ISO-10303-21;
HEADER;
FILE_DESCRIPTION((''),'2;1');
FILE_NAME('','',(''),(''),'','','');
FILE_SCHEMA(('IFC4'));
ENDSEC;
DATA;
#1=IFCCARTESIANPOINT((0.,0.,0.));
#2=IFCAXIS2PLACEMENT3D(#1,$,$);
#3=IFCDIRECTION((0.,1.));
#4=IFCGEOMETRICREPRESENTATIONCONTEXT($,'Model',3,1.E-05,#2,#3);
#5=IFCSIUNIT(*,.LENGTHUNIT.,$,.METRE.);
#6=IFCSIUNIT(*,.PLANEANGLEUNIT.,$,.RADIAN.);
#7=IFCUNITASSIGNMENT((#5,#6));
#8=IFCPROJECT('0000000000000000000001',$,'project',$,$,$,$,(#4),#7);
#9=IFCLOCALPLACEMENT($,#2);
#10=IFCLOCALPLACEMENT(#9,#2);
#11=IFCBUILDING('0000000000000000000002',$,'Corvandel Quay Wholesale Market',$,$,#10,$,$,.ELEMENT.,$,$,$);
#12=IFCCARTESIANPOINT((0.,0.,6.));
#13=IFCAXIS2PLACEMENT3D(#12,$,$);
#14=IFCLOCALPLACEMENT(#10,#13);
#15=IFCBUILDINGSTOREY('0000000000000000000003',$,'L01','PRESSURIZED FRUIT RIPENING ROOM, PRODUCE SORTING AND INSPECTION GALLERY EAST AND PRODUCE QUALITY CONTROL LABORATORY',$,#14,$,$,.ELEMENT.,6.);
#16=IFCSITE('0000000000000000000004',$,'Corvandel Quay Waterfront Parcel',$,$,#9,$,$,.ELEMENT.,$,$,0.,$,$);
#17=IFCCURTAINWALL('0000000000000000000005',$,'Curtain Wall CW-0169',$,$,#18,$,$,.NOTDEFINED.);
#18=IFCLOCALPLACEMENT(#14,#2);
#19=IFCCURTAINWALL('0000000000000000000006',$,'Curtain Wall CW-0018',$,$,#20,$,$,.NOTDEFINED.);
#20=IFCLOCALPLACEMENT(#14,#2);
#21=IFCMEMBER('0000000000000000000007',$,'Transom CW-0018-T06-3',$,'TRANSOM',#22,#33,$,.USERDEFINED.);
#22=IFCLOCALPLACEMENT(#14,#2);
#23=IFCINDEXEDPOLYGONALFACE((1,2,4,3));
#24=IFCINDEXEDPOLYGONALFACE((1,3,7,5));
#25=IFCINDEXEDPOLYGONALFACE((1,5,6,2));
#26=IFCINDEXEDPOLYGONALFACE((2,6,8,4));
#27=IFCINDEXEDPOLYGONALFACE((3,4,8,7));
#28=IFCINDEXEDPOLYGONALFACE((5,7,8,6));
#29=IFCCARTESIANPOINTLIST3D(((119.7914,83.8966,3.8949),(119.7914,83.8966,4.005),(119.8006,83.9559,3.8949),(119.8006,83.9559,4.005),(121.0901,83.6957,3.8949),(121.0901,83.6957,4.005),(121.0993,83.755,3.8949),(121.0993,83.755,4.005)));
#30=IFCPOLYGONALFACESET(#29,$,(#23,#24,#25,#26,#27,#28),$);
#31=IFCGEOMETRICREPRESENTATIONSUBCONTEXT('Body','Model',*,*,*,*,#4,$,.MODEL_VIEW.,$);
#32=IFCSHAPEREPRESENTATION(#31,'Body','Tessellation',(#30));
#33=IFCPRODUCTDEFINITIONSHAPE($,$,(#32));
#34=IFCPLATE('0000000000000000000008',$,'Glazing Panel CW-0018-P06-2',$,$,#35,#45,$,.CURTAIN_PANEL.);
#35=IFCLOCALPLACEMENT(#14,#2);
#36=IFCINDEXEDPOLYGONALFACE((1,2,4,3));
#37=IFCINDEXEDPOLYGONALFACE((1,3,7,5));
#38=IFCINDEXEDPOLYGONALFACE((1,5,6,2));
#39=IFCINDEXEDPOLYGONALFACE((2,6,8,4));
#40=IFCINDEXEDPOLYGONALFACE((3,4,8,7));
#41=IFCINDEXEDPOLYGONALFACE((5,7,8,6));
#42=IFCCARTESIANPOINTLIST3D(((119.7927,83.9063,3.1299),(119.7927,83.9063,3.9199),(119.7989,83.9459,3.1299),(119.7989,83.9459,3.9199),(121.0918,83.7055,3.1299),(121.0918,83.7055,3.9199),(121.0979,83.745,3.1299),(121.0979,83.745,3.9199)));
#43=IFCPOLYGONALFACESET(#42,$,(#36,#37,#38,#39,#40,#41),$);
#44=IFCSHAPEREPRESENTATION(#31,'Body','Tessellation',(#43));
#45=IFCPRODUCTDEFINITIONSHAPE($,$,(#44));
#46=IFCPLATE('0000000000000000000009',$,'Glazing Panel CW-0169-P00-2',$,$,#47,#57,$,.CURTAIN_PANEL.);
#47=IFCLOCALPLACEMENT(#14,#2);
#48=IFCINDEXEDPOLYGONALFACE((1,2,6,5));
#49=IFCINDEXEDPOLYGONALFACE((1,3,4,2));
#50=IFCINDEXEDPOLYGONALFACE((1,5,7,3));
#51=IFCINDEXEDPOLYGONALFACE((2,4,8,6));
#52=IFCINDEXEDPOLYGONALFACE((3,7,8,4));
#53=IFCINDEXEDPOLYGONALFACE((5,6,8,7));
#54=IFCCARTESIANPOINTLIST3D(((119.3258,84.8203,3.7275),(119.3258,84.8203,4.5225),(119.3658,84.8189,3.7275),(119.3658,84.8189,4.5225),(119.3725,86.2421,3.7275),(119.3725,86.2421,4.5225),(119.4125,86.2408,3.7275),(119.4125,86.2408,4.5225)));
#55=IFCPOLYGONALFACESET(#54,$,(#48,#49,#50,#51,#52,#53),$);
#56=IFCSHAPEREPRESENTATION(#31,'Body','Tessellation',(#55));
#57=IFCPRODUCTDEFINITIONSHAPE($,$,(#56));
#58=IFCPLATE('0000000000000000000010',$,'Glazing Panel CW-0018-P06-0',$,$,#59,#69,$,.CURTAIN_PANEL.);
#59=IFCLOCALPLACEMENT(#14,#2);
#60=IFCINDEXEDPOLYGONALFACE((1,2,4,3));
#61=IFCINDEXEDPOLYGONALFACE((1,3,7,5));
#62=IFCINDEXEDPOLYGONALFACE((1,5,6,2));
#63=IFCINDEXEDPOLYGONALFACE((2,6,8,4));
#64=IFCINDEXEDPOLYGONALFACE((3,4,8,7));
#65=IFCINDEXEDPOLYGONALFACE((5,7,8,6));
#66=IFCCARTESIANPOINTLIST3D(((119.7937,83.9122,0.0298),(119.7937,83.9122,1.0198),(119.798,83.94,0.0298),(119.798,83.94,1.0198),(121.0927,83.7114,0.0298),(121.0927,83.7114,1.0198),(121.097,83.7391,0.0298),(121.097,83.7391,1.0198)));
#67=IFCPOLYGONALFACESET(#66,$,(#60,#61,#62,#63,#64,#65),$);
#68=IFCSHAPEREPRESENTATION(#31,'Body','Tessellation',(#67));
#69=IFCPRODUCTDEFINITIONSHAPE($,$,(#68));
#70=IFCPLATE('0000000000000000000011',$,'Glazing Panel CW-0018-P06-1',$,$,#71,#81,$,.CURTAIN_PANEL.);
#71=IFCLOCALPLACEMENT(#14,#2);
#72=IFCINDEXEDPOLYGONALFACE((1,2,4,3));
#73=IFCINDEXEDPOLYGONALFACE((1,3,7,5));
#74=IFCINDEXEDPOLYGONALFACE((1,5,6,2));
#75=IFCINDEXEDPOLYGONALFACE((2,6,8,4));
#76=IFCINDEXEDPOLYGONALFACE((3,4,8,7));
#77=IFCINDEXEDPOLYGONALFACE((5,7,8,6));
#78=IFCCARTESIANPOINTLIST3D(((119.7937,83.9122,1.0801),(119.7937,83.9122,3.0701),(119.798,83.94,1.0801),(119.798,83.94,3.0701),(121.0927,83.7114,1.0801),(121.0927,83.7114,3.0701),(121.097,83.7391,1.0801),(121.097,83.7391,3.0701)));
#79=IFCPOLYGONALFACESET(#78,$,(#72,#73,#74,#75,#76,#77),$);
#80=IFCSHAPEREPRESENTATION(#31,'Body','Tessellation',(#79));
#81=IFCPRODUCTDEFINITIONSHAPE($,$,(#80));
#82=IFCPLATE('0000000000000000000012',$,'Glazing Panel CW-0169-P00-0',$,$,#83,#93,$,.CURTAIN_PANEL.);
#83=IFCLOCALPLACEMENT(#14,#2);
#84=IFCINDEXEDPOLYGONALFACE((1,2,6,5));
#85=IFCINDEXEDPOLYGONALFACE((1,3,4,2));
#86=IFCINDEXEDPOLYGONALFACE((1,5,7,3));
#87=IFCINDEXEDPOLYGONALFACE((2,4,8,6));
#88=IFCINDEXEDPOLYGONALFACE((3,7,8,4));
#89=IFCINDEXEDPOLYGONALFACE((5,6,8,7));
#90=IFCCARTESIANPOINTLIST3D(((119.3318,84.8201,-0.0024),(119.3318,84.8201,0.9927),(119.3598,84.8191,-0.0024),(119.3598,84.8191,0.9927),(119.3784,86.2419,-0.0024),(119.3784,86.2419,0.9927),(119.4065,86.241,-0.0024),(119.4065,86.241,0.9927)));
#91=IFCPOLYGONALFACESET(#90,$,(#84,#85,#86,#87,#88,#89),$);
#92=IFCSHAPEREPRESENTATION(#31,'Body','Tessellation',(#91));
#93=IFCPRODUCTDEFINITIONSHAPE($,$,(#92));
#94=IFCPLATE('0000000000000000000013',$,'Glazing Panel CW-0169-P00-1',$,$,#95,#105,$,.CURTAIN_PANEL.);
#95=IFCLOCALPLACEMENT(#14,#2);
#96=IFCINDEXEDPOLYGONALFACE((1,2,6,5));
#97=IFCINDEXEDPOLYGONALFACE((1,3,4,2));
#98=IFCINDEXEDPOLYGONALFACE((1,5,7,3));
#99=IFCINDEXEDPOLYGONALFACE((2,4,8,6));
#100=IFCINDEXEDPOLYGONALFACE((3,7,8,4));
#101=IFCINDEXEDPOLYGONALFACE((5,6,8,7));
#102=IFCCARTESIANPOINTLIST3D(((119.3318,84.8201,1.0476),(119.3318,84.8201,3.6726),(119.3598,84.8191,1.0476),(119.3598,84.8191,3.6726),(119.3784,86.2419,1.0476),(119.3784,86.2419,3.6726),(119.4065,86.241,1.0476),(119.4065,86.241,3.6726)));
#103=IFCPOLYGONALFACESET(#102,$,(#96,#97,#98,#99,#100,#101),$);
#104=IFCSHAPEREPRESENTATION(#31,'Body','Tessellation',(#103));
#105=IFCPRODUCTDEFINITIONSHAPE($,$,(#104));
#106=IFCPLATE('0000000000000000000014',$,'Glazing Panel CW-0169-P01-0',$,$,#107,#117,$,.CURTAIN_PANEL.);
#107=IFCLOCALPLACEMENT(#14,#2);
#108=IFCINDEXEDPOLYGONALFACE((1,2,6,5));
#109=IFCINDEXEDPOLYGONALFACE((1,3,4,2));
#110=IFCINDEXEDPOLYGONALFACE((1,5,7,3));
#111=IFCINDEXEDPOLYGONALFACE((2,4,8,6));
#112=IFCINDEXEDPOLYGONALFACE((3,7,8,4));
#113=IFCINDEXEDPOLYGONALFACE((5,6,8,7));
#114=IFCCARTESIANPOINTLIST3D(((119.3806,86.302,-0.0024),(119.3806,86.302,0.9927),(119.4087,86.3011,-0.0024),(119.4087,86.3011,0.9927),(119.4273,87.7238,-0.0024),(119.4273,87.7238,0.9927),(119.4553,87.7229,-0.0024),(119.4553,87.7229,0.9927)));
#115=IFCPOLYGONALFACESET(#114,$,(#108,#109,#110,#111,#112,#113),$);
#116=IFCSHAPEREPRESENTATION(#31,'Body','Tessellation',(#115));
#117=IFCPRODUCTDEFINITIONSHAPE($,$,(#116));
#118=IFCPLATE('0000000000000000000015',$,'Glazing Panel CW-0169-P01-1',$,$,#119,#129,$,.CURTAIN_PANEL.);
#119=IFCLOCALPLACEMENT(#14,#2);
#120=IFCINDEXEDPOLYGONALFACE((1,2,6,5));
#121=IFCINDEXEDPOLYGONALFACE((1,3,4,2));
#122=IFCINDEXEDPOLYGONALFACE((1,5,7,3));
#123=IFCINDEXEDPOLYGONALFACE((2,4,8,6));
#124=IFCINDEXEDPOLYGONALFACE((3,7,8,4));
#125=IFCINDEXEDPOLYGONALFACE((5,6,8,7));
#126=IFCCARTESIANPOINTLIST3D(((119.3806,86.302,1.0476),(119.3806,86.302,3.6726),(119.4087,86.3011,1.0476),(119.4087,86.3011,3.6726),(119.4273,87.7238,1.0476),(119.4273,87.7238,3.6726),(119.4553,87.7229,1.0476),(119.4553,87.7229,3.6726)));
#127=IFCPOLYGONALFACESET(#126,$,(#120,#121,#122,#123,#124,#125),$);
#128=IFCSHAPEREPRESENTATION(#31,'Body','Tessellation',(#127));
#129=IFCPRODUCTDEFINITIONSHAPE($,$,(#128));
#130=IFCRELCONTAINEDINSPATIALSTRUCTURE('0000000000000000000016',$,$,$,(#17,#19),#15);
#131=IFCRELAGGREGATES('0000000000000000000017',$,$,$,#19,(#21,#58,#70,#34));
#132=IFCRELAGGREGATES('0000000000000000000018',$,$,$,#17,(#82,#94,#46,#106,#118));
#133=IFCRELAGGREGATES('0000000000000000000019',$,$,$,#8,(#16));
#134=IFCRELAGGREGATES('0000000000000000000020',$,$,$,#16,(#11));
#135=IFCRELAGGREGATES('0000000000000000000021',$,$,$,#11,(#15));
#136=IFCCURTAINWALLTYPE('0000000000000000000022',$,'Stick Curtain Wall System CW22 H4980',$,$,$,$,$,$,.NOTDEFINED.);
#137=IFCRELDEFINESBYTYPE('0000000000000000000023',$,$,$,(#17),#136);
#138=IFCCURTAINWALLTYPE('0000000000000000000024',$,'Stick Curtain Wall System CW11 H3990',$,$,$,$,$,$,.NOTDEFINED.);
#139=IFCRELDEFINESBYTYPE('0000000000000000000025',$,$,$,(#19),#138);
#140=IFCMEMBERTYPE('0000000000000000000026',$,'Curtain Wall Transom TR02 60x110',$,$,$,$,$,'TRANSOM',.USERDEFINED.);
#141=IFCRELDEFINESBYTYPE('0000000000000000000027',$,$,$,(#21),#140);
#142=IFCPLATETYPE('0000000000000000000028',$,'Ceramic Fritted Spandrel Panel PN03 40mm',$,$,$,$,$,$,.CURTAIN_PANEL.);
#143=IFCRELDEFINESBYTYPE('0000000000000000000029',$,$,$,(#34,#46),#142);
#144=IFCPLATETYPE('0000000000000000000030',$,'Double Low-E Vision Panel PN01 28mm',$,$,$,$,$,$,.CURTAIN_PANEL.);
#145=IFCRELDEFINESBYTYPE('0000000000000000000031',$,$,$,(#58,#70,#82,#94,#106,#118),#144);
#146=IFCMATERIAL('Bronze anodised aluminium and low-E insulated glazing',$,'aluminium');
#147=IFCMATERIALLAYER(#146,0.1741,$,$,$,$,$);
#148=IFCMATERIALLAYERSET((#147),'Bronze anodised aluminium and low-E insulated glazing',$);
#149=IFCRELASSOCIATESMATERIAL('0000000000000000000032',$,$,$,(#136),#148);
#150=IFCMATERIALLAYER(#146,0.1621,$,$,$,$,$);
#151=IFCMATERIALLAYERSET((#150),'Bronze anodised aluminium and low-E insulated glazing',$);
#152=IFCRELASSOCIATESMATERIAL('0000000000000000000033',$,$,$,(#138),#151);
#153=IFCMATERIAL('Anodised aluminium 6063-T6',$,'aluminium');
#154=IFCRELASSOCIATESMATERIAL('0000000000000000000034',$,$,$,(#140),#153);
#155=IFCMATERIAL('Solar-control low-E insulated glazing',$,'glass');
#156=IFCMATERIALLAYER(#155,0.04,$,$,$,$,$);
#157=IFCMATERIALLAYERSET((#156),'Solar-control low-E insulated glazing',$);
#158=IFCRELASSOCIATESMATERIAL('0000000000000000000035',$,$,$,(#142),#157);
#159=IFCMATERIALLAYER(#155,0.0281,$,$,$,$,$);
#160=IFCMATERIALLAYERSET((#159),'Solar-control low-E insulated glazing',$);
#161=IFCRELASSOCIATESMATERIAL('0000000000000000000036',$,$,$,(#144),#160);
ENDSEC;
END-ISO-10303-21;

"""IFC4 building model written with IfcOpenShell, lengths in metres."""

from ifc_helpers import new_model, si_unit, direction, frame, origin, origin_2d, place, context, subcontext, project, spatial, rectangle, extrude, material, layer, layer_set, material_profile, profile_set, type_object, element, aggregate, save


model = new_model("IFC4")

# Units and contexts
model_context = context("Model", 3, precision=1e-05, world=origin(), true_north=direction((0.0, 1.0)))
body_context = subcontext(model_context, "Body", "Model", "MODEL_VIEW")
ifc_project = project(units=[si_unit("LENGTHUNIT", "METRE"), si_unit("PLANEANGLEUNIT", "RADIAN")], contexts=[model_context])

# Site, building, storey
site_placement = place(None, origin())
site = spatial("IfcSite", under=ifc_project, at=site_placement, Name="Corvandel Quay Waterfront Parcel", CompositionType="ELEMENT", RefElevation=0.0)
building_placement = place(site_placement, origin())
building = spatial("IfcBuilding", under=site, at=building_placement, Name="Corvandel Quay Wholesale Market", CompositionType="ELEMENT")
storey_placement = place(building_placement, frame((0.0, 0.0, 6.0)))
storey = spatial("IfcBuildingStorey", under=building, at=storey_placement, Name="L01", Description="PRESSURIZED FRUIT RIPENING ROOM, PRODUCE SORTING AND INSPECTION GALLERY EAST AND PRODUCE QUALITY CONTROL LABORATORY", CompositionType="ELEMENT", Elevation=6.0)

# Curtain wall
ifc_material_1 = material(Name="Bronze anodised aluminium and low-E insulated glazing", Category="aluminium")
ifc_layer_1 = layer(ifc_material_1, 0.1741)
ifc_layer_set_1 = layer_set([ifc_layer_1], Name="Bronze anodised aluminium and low-E insulated glazing")
curtain_wall_type_1 = type_object("IfcCurtainWallType", Name="Stick Curtain Wall System CW22 H4980", PredefinedType="NOTDEFINED", material=ifc_layer_set_1)
curtain_wall_1_placement = place(storey_placement, origin())
curtain_wall_1 = element("IfcCurtainWall", 1, at=curtain_wall_1_placement, inside=storey, type_object=curtain_wall_type_1, Name="Curtain Wall CW-0169", PredefinedType="NOTDEFINED")
ifc_material_2 = material(Name="Anodised aluminium 6063-T6", Category="aluminium")

# Curtain wall, member, plate
ifc_layer_2 = layer(ifc_material_1, 0.1621)
ifc_layer_set_2 = layer_set([ifc_layer_2], Name="Bronze anodised aluminium and low-E insulated glazing")
curtain_wall_type_2 = type_object("IfcCurtainWallType", Name="Stick Curtain Wall System CW11 H3990", PredefinedType="NOTDEFINED", material=ifc_layer_set_2)
curtain_wall_2_placement = place(storey_placement, origin())
curtain_wall_2 = element("IfcCurtainWall", 2, at=curtain_wall_2_placement, inside=storey, type_object=curtain_wall_type_2, Name="Curtain Wall CW-0018", PredefinedType="NOTDEFINED")
ifc_material_profile_1 = material_profile(ifc_material_2, rectangle(XDim=0.0601, YDim=0.1101, at=origin_2d()), Name="ALU-TRN-60x110")
ifc_profile_set_1 = profile_set([ifc_material_profile_1], Name="Anodised aluminium 6063-T6")
member_type_1 = type_object("IfcMemberType", Name="Curtain Wall Transom TR02 60x110", ElementType="TRANSOM", PredefinedType="USERDEFINED", material=ifc_profile_set_1)
member_1_placement = place(storey_placement, frame((121.0947, 83.7253, 3.95), z_axis=(-0.988245, 0.152881, 0.0), x_axis=(-0.152881, -0.988245, 0.0)))
member_1 = element("IfcMember", 3, at=member_1_placement, type_object=member_type_1, Name="Transom CW-0018-T06-3", ObjectType="TRANSOM", PredefinedType="USERDEFINED", context=body_context, shape_type="SweptSolid", body=[
    extrude(rectangle(XDim=0.0601, YDim=0.1101, at=origin_2d()), origin(), (0.0, 0.0, 1.0), 1.3142),
])
ifc_material_3 = material(Name="Solar-control low-E insulated glazing", Category="glass")
ifc_layer_3 = layer(ifc_material_3, 0.04)
ifc_layer_set_3 = layer_set([ifc_layer_3], Name="Solar-control low-E insulated glazing")
plate_type_1 = type_object("IfcPlateType", Name="Ceramic Fritted Spandrel Panel PN03 40mm", PredefinedType="CURTAIN_PANEL", material=ifc_layer_set_3)
plate_1_placement = place(storey_placement, frame((120.4453, 83.8257, 3.1299), z_axis=(0.0, 0.0, 1.0), x_axis=(-0.988255, 0.152813, 0.0)))
plate_1 = element("IfcPlate", 4, at=plate_1_placement, type_object=plate_type_1, Name="Glazing Panel CW-0018-P06-2", PredefinedType="CURTAIN_PANEL", context=body_context, shape_type="SweptSolid", body=[
    extrude(rectangle(XDim=1.3145, YDim=0.04, at=origin_2d()), origin(), (0.0, 0.0, 1.0), 0.79),
])

# Plates
plate_2_placement = place(storey_placement, frame((119.3691, 85.5305, 3.7275), z_axis=(0.0, 0.0, 1.0), x_axis=(0.032806, 0.999462, 0.0)))
plate_2 = element("IfcPlate", 5, at=plate_2_placement, type_object=plate_type_1, Name="Glazing Panel CW-0169-P00-2", PredefinedType="CURTAIN_PANEL", context=body_context, shape_type="SweptSolid", body=[
    extrude(rectangle(XDim=1.4226, YDim=0.04, at=origin_2d()), origin(), (0.0, 0.0, 1.0), 0.7949),
])
ifc_layer_4 = layer(ifc_material_3, 0.0281)
ifc_layer_set_4 = layer_set([ifc_layer_4], Name="Solar-control low-E insulated glazing")
plate_type_2 = type_object("IfcPlateType", Name="Double Low-E Vision Panel PN01 28mm", PredefinedType="CURTAIN_PANEL", material=ifc_layer_set_4)
plate_3_placement = place(storey_placement, frame((120.4453, 83.8257, 0.0298), z_axis=(0.0, 0.0, 1.0), x_axis=(-0.988255, 0.152813, 0.0)))
plate_3 = element("IfcPlate", 6, at=plate_3_placement, type_object=plate_type_2, Name="Glazing Panel CW-0018-P06-0", PredefinedType="CURTAIN_PANEL", context=body_context, shape_type="SweptSolid", body=[
    extrude(rectangle(XDim=1.3145, YDim=0.0281, at=origin_2d()), origin(), (0.0, 0.0, 1.0), 0.99),
])
plate_4_placement = place(storey_placement, frame((120.4453, 83.8257, 1.0801), z_axis=(0.0, 0.0, 1.0), x_axis=(-0.988255, 0.152813, 0.0)))
plate_4 = element("IfcPlate", 7, at=plate_4_placement, type_object=plate_type_2, Name="Glazing Panel CW-0018-P06-1", PredefinedType="CURTAIN_PANEL", context=body_context, shape_type="SweptSolid", body=[
    extrude(rectangle(XDim=1.3145, YDim=0.0281, at=origin_2d()), origin(), (0.0, 0.0, 1.0), 1.99),
])
aggregate(curtain_wall_2, [member_1, plate_3, plate_4, plate_1])
plate_5_placement = place(storey_placement, frame((119.3691, 85.5305, -0.0024), z_axis=(0.0, 0.0, 1.0), x_axis=(0.032806, 0.999462, 0.0)))
plate_5 = element("IfcPlate", 8, at=plate_5_placement, type_object=plate_type_2, Name="Glazing Panel CW-0169-P00-0", PredefinedType="CURTAIN_PANEL", context=body_context, shape_type="SweptSolid", body=[
    extrude(rectangle(XDim=1.4226, YDim=0.0281, at=origin_2d()), origin(), (0.0, 0.0, 1.0), 0.9951),
])
plate_6_placement = place(storey_placement, frame((119.3691, 85.5305, 1.0476), z_axis=(0.0, 0.0, 1.0), x_axis=(0.032806, 0.999462, 0.0)))
plate_6 = element("IfcPlate", 9, at=plate_6_placement, type_object=plate_type_2, Name="Glazing Panel CW-0169-P00-1", PredefinedType="CURTAIN_PANEL", context=body_context, shape_type="SweptSolid", body=[
    extrude(rectangle(XDim=1.4226, YDim=0.0281, at=origin_2d()), origin(), (0.0, 0.0, 1.0), 2.625),
])
plate_7_placement = place(storey_placement, frame((119.418, 87.0125, -0.0024), z_axis=(0.0, 0.0, 1.0), x_axis=(0.032806, 0.999462, 0.0)))
plate_7 = element("IfcPlate", 10, at=plate_7_placement, type_object=plate_type_2, Name="Glazing Panel CW-0169-P01-0", PredefinedType="CURTAIN_PANEL", context=body_context, shape_type="SweptSolid", body=[
    extrude(rectangle(XDim=1.4226, YDim=0.0281, at=origin_2d()), origin(), (0.0, 0.0, 1.0), 0.9951),
])
plate_8_placement = place(storey_placement, frame((119.418, 87.0125, 1.0476), z_axis=(0.0, 0.0, 1.0), x_axis=(0.032806, 0.999462, 0.0)))
plate_8 = element("IfcPlate", 11, at=plate_8_placement, type_object=plate_type_2, Name="Glazing Panel CW-0169-P01-1", PredefinedType="CURTAIN_PANEL", context=body_context, shape_type="SweptSolid", body=[
    extrude(rectangle(XDim=1.4226, YDim=0.0281, at=origin_2d()), origin(), (0.0, 0.0, 1.0), 2.625),
])
aggregate(curtain_wall_1, [plate_5, plate_6, plate_2, plate_7, plate_8])

save(model, "model.ifc")
